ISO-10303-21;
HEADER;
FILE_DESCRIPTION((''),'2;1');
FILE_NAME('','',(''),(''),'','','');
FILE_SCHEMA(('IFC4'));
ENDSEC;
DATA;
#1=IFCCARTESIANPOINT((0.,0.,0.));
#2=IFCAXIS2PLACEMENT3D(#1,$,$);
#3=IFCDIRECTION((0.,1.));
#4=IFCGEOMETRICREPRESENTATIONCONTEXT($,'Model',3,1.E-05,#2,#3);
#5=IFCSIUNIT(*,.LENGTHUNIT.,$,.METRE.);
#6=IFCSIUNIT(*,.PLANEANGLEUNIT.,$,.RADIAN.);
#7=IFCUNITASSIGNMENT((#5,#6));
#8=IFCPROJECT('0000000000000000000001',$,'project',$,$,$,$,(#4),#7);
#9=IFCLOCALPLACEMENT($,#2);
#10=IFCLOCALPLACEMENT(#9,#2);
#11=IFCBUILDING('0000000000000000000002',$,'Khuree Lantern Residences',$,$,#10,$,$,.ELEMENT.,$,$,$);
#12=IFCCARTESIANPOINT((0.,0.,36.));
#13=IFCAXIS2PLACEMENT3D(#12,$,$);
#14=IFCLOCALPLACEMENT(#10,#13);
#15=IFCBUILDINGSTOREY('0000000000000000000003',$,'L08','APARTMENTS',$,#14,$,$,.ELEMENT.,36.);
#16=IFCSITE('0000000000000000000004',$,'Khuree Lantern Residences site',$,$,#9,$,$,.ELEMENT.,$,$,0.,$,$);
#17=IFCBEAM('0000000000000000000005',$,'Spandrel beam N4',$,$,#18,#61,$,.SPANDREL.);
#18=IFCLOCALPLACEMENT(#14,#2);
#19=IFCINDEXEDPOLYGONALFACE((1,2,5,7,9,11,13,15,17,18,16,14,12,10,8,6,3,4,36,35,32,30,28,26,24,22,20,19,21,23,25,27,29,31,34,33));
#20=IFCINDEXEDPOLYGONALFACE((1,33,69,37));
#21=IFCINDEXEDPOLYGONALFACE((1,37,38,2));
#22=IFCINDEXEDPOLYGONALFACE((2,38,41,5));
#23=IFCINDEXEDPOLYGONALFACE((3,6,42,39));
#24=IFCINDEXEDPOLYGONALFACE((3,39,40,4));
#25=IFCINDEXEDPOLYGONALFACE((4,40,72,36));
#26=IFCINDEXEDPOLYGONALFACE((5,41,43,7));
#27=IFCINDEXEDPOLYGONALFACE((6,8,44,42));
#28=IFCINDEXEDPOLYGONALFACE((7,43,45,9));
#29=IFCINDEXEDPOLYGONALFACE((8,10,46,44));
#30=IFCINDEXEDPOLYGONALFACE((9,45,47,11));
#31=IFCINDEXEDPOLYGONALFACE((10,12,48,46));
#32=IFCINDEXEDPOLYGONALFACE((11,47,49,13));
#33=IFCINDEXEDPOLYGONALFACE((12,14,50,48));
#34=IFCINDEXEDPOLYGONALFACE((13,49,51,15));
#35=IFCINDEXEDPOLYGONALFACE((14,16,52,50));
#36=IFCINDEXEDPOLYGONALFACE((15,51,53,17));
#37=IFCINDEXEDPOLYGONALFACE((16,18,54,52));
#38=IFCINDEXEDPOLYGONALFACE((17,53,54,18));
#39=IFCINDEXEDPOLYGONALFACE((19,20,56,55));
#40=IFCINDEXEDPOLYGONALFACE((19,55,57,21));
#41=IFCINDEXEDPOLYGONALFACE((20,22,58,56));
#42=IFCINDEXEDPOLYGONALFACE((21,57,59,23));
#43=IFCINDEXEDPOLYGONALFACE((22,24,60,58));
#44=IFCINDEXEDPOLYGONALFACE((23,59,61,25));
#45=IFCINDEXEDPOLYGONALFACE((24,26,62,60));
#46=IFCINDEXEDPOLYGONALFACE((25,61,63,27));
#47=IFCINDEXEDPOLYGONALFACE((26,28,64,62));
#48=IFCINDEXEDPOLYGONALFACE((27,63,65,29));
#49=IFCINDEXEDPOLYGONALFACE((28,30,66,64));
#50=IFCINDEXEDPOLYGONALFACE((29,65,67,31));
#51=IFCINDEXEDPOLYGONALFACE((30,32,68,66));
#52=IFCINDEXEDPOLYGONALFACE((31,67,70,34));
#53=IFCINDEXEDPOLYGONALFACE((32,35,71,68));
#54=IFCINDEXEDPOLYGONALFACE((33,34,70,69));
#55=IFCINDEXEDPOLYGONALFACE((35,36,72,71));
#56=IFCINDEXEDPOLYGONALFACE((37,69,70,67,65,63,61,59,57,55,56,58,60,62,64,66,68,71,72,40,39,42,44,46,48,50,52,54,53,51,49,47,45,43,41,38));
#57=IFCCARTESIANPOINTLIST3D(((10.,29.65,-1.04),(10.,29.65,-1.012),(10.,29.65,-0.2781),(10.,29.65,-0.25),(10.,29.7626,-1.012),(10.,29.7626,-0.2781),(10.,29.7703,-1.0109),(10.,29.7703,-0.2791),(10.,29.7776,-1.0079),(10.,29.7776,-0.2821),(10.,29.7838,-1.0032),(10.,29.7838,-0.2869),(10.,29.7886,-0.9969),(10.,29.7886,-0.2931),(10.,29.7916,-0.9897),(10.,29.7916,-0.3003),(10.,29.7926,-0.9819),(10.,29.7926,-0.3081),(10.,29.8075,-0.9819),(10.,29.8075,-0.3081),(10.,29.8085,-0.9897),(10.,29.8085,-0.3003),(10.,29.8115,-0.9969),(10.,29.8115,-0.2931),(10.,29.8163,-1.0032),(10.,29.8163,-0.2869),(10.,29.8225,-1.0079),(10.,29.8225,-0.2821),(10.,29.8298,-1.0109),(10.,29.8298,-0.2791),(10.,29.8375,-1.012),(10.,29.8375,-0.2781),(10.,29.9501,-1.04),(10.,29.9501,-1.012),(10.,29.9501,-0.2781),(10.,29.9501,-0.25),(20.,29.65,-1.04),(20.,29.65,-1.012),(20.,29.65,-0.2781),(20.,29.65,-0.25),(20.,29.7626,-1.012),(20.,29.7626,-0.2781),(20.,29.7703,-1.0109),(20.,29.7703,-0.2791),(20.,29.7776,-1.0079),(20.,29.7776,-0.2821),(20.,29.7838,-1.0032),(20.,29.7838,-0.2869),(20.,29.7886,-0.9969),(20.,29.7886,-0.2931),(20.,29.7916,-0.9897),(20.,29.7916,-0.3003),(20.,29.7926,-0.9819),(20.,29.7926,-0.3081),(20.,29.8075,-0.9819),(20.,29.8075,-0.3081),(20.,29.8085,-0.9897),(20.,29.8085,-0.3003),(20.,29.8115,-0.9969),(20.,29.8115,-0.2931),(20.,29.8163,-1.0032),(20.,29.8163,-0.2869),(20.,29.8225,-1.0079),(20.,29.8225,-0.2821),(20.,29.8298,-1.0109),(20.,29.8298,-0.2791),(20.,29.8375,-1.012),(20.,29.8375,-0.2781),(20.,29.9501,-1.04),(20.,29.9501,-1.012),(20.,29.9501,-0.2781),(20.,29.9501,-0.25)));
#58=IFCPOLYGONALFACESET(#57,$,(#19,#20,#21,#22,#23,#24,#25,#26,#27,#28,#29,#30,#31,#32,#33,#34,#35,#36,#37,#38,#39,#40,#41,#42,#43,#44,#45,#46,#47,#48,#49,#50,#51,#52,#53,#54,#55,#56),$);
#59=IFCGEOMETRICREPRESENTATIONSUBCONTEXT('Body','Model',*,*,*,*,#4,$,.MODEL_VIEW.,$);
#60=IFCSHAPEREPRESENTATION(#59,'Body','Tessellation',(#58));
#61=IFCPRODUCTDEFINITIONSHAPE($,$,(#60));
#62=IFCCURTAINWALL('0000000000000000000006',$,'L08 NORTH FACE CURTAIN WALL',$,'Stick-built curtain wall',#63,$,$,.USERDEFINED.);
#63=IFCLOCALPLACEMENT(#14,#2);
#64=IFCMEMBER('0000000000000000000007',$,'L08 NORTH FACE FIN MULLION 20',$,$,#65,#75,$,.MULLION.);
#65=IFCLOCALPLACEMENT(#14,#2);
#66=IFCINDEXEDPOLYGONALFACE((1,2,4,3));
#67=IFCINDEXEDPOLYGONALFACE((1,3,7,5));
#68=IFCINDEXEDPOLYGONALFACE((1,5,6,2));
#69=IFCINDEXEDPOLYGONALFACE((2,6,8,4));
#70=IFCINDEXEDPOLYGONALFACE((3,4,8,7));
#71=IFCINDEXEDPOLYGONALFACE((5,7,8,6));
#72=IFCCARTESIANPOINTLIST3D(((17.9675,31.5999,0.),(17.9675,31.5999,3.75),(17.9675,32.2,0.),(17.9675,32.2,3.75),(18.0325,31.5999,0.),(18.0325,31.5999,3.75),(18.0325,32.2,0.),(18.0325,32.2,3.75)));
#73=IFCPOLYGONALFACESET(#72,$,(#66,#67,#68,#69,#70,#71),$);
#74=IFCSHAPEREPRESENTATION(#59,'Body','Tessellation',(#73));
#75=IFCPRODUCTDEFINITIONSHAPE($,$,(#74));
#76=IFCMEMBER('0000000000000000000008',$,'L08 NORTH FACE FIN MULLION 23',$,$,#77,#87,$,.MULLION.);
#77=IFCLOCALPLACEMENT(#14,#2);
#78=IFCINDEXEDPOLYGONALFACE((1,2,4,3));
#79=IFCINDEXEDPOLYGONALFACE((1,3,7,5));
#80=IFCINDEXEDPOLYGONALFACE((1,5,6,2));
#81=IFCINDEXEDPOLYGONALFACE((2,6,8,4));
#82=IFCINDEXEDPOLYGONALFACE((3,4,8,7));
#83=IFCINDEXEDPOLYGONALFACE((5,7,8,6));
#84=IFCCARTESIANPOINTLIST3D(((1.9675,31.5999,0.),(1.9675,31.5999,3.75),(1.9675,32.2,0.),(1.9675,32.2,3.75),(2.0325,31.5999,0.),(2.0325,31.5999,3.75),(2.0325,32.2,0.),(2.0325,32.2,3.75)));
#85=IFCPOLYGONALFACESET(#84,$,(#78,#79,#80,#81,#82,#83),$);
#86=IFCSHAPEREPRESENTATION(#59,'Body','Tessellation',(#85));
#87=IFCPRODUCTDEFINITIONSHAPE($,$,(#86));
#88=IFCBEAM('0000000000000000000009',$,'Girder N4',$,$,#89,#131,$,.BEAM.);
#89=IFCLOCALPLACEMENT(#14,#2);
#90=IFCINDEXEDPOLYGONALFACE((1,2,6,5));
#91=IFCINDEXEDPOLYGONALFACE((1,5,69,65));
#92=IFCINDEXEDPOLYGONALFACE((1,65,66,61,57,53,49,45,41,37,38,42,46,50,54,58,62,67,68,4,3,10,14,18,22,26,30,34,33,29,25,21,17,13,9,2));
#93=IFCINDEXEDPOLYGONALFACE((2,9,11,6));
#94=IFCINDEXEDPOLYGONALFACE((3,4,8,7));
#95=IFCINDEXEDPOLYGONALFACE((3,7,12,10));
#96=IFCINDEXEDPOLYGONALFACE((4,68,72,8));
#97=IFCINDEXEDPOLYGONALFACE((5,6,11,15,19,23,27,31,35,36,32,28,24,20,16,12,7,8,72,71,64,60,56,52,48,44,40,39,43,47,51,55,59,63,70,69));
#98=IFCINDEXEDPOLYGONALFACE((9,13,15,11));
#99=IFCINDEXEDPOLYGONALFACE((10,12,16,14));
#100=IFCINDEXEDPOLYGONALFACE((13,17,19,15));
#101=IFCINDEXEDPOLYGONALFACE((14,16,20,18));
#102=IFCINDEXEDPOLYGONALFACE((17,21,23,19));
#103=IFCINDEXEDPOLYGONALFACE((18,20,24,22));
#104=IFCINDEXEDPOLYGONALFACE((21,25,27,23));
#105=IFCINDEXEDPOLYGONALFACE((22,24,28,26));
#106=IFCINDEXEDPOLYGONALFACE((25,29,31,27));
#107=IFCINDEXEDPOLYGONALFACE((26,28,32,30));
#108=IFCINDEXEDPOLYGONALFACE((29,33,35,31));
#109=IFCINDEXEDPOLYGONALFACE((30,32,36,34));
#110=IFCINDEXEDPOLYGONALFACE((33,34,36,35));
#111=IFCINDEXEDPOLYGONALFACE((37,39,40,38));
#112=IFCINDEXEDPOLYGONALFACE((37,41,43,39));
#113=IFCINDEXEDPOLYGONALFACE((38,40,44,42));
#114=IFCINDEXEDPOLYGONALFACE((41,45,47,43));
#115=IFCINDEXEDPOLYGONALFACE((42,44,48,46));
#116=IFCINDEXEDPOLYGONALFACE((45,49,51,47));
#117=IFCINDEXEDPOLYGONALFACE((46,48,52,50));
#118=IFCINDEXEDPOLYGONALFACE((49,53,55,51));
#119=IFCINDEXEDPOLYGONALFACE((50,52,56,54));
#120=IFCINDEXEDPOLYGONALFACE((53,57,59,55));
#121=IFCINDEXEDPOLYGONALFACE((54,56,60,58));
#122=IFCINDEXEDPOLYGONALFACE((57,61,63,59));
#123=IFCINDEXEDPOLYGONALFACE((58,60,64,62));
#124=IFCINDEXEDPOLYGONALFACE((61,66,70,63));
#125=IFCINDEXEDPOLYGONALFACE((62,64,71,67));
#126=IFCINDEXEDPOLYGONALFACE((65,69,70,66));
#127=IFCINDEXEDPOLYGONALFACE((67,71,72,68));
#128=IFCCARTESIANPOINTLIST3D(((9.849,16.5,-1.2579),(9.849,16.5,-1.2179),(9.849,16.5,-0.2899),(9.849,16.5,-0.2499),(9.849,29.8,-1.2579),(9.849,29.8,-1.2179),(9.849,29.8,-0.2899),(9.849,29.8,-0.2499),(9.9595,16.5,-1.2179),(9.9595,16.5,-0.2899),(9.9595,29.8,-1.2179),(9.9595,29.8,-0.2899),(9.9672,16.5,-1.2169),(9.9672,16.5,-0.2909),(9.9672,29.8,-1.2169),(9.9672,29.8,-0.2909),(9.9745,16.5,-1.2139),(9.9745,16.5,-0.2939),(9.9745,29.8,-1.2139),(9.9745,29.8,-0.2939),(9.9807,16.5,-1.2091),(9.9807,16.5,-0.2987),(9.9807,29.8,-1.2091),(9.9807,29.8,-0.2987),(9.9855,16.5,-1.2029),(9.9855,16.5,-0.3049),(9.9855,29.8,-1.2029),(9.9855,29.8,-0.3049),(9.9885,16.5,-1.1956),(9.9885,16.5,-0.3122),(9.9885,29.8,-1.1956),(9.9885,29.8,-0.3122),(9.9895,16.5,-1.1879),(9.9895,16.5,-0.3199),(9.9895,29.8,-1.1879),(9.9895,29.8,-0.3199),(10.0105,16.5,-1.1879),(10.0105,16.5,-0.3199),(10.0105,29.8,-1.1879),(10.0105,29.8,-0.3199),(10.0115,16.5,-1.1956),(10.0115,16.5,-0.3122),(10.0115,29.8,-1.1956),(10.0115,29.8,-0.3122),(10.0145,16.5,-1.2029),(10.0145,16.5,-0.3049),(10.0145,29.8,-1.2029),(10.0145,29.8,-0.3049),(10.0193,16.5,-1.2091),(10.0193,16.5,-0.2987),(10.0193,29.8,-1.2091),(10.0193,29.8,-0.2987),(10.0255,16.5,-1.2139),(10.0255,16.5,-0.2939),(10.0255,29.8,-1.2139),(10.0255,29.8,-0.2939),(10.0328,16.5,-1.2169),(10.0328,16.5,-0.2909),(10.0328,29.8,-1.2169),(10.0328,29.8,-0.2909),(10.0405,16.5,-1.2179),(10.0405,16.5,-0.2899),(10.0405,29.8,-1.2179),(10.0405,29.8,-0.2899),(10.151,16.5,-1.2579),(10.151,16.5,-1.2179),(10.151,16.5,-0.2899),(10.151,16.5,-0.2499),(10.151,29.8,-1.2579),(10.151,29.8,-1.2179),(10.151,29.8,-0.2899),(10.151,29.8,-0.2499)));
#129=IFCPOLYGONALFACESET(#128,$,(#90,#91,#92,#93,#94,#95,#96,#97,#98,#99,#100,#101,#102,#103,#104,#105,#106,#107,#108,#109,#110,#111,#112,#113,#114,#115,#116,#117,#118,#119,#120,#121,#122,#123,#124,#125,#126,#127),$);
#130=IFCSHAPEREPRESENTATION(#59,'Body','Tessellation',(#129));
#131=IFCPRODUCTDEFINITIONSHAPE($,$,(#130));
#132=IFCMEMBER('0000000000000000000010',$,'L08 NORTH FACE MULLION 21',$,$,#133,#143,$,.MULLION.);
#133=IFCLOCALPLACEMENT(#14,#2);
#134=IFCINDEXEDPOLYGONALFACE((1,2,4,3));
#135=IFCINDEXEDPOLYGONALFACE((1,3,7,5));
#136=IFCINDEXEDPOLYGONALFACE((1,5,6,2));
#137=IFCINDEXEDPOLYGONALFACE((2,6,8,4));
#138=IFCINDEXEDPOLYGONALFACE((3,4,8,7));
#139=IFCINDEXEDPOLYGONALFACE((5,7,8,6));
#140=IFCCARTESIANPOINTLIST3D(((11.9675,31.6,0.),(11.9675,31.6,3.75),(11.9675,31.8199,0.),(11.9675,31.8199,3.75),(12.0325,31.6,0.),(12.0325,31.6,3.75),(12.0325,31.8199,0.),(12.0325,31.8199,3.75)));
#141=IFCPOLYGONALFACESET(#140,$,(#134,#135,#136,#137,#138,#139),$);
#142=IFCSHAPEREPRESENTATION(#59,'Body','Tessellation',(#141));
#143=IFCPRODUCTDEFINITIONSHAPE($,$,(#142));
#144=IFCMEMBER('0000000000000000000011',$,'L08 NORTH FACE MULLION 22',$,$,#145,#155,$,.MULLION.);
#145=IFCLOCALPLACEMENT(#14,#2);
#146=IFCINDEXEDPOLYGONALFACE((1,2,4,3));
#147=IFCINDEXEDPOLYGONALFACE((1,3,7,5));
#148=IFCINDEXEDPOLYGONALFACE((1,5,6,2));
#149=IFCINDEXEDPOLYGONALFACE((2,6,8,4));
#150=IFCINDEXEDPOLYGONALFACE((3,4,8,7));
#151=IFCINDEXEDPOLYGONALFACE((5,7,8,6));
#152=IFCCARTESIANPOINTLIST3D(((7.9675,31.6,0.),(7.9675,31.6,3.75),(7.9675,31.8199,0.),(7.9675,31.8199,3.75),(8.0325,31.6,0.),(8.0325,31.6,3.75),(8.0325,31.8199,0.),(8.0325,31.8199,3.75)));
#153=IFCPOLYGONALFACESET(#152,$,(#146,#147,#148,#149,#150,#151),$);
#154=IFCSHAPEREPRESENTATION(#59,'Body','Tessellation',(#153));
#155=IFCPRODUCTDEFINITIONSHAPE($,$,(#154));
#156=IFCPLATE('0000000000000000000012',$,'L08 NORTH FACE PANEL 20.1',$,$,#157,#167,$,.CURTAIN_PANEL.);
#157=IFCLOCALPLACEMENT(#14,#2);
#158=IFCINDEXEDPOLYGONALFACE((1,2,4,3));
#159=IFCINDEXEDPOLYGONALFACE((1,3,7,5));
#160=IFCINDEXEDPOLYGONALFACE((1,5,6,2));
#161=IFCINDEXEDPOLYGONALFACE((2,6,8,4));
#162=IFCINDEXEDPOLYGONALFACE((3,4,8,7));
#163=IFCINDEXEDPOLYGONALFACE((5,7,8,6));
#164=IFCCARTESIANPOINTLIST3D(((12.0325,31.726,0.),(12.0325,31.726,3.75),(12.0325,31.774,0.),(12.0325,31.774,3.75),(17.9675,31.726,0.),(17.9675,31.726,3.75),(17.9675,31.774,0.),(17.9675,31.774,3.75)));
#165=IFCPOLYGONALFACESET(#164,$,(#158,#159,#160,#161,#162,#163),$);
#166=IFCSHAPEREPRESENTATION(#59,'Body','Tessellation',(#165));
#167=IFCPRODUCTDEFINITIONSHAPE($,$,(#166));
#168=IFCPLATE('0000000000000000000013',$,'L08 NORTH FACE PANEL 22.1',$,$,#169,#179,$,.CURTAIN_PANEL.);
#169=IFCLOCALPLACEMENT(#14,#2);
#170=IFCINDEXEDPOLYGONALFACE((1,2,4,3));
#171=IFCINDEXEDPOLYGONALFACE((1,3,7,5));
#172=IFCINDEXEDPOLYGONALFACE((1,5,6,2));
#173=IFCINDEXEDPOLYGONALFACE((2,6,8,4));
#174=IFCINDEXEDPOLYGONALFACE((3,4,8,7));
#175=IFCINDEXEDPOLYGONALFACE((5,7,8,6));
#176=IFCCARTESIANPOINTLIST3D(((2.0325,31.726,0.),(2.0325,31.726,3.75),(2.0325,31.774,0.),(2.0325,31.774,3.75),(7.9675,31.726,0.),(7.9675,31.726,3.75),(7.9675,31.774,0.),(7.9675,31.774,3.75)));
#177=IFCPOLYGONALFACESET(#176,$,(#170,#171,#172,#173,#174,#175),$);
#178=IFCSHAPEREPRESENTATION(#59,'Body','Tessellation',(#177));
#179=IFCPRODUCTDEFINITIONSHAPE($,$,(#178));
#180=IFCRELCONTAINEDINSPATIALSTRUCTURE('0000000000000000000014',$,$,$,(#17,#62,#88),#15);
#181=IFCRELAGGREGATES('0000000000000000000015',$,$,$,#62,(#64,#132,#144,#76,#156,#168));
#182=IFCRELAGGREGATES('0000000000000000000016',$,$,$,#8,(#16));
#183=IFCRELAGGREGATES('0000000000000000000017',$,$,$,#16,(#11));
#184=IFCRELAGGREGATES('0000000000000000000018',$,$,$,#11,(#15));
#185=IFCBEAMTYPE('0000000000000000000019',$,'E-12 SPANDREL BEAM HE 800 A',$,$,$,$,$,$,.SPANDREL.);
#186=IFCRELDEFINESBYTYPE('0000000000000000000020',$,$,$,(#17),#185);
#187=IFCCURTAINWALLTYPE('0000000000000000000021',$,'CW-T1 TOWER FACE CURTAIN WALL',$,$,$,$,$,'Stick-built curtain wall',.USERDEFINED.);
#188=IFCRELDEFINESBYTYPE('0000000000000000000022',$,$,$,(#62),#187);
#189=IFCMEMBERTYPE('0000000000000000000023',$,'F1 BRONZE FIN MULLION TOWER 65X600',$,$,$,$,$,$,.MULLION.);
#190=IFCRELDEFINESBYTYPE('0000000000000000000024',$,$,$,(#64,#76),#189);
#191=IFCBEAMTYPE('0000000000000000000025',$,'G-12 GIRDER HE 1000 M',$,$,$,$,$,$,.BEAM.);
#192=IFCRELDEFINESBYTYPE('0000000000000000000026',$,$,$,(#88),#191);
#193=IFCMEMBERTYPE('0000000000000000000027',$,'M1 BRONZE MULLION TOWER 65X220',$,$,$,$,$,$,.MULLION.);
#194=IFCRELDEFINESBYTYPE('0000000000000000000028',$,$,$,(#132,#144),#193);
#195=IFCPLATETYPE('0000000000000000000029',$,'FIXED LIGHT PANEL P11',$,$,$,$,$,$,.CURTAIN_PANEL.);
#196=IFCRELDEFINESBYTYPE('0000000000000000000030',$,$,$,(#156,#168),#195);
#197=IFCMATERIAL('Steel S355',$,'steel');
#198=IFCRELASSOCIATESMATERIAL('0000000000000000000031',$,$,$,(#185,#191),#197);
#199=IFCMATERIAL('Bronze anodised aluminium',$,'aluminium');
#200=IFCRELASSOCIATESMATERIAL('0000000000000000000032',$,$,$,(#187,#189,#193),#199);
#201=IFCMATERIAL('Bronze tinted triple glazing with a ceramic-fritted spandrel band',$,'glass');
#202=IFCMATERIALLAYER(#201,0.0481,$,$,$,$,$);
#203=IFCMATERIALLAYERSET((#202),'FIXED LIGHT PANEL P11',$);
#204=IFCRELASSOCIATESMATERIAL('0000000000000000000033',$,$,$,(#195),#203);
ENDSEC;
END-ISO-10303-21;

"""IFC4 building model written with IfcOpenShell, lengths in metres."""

from ifc_helpers import new_model, si_unit, direction, frame, origin, origin_2d, place, context, subcontext, project, spatial, rectangle, i_section, extrude, material, layer, layer_set, material_profile, profile_set, type_object, element, aggregate, save


model = new_model("IFC4")

# Units and contexts
model_context = context("Model", 3, precision=1e-05, world=origin(), true_north=direction((0.0, 1.0)))
body_context = subcontext(model_context, "Body", "Model", "MODEL_VIEW")
ifc_project = project(units=[si_unit("LENGTHUNIT", "METRE"), si_unit("PLANEANGLEUNIT", "RADIAN")], contexts=[model_context])

# Site, building, storey
site_placement = place(None, origin())
site = spatial("IfcSite", under=ifc_project, at=site_placement, Name="Khuree Lantern Residences site", CompositionType="ELEMENT", RefElevation=0.0)
building_placement = place(site_placement, origin())
building = spatial("IfcBuilding", under=site, at=building_placement, Name="Khuree Lantern Residences", CompositionType="ELEMENT")
storey_placement = place(building_placement, frame((0.0, 0.0, 36.0)))
storey = spatial("IfcBuildingStorey", under=building, at=storey_placement, Name="L08", Description="APARTMENTS", CompositionType="ELEMENT", Elevation=36.0)

# Beam
ifc_material_1 = material(Name="Steel S355", Category="steel")
ifc_material_profile_1 = material_profile(ifc_material_1, i_section(OverallWidth=0.3, OverallDepth=0.79, WebThickness=0.0149, FlangeThickness=0.0281, FilletRadius=0.03, at=origin_2d()), Name="HE 800 A")
ifc_profile_set_1 = profile_set([ifc_material_profile_1], Name="Steel S355")
beam_type_1 = type_object("IfcBeamType", Name="E-12 SPANDREL BEAM HE 800 A", PredefinedType="SPANDREL", material=ifc_profile_set_1)
for number, where, z_axis, x_axis, name in (
    (1, (10.0, 29.8, -0.645), (1.0, 0.0, 0.0), (0.0, 1.0, 0.0), "Spandrel beam N4"),
):
    element("IfcBeam", number, at=place(storey_placement, frame(where, z_axis=z_axis, x_axis=x_axis)), inside=storey, type_object=beam_type_1, Name=name, PredefinedType="SPANDREL", context=body_context, shape_type="SweptSolid", body=[
        extrude(i_section(OverallWidth=0.3, OverallDepth=0.79, WebThickness=0.0149, FlangeThickness=0.0281, FilletRadius=0.03, at=origin_2d()), origin(), (0.0, 0.0, 1.0), 10.0),
    ])

# Curtain wall, members
ifc_material_2 = material(Name="Bronze anodised aluminium", Category="aluminium")
curtain_wall_type = type_object("IfcCurtainWallType", Name="CW-T1 TOWER FACE CURTAIN WALL", ElementType="Stick-built curtain wall", PredefinedType="USERDEFINED", material=ifc_material_2)
curtain_wall_placement = place(storey_placement, origin())
curtain_wall = element("IfcCurtainWall", 2, at=curtain_wall_placement, inside=storey, type_object=curtain_wall_type, Name="L08 NORTH FACE CURTAIN WALL", ObjectType="Stick-built curtain wall", PredefinedType="USERDEFINED")
ifc_material_profile_2 = material_profile(ifc_material_2, rectangle(XDim=0.0649, YDim=0.6001, at=origin_2d()), Name="F1 65X600")
ifc_profile_set_2 = profile_set([ifc_material_profile_2], Name="Bronze anodised aluminium")
member_type_1 = type_object("IfcMemberType", Name="F1 BRONZE FIN MULLION TOWER 65X600", PredefinedType="MULLION", material=ifc_profile_set_2)
member_1_placement = place(storey_placement, frame((18.0, 31.8999, 0.0), z_axis=(0.0, 0.0, 1.0), x_axis=(-1.0, 0.0, 0.0)))
member_1 = element("IfcMember", 3, at=member_1_placement, type_object=member_type_1, Name="L08 NORTH FACE FIN MULLION 20", PredefinedType="MULLION", context=body_context, shape_type="SweptSolid", body=[
    extrude(rectangle(XDim=0.0649, YDim=0.6001, at=origin_2d()), origin(), (0.0, 0.0, 1.0), 3.75),
])
member_2_placement = place(storey_placement, frame((2.0, 31.8999, 0.0), z_axis=(0.0, 0.0, 1.0), x_axis=(-1.0, 0.0, 0.0)))
member_2 = element("IfcMember", 4, at=member_2_placement, type_object=member_type_1, Name="L08 NORTH FACE FIN MULLION 23", PredefinedType="MULLION", context=body_context, shape_type="SweptSolid", body=[
    extrude(rectangle(XDim=0.0649, YDim=0.6001, at=origin_2d()), origin(), (0.0, 0.0, 1.0), 3.75),
])

# Beam
ifc_material_profile_3 = material_profile(ifc_material_1, i_section(OverallWidth=0.302, OverallDepth=1.0081, WebThickness=0.021, FlangeThickness=0.04, FilletRadius=0.03, at=origin_2d()), Name="HE 1000 M")
ifc_profile_set_3 = profile_set([ifc_material_profile_3], Name="Steel S355")
beam_type_2 = type_object("IfcBeamType", Name="G-12 GIRDER HE 1000 M", PredefinedType="BEAM", material=ifc_profile_set_3)
beam_placement = place(storey_placement, frame((10.0, 29.8, -0.7539), z_axis=(0.0, -1.0, 0.0), x_axis=(1.0, 0.0, 0.0)))
element("IfcBeam", 5, at=beam_placement, inside=storey, type_object=beam_type_2, Name="Girder N4", PredefinedType="BEAM", context=body_context, shape_type="SweptSolid", body=[
    extrude(i_section(OverallWidth=0.302, OverallDepth=1.0081, WebThickness=0.021, FlangeThickness=0.04, FilletRadius=0.03, at=origin_2d()), origin(), (0.0, 0.0, 1.0), 13.3),
])

# Members
ifc_material_profile_4 = material_profile(ifc_material_2, rectangle(XDim=0.0649, YDim=0.22, at=origin_2d()), Name="M1 65X220")
ifc_profile_set_4 = profile_set([ifc_material_profile_4], Name="Bronze anodised aluminium")
member_type_2 = type_object("IfcMemberType", Name="M1 BRONZE MULLION TOWER 65X220", PredefinedType="MULLION", material=ifc_profile_set_4)
member_3_placement = place(storey_placement, frame((12.0, 31.71, 0.0), z_axis=(0.0, 0.0, 1.0), x_axis=(-1.0, 0.0, 0.0)))
member_3 = element("IfcMember", 6, at=member_3_placement, type_object=member_type_2, Name="L08 NORTH FACE MULLION 21", PredefinedType="MULLION", context=body_context, shape_type="SweptSolid", body=[
    extrude(rectangle(XDim=0.0649, YDim=0.22, at=origin_2d()), origin(), (0.0, 0.0, 1.0), 3.75),
])
member_4_placement = place(storey_placement, frame((8.0, 31.71, 0.0), z_axis=(0.0, 0.0, 1.0), x_axis=(-1.0, 0.0, 0.0)))
member_4 = element("IfcMember", 7, at=member_4_placement, type_object=member_type_2, Name="L08 NORTH FACE MULLION 22", PredefinedType="MULLION", context=body_context, shape_type="SweptSolid", body=[
    extrude(rectangle(XDim=0.0649, YDim=0.22, at=origin_2d()), origin(), (0.0, 0.0, 1.0), 3.75),
])

# Plates
ifc_material_3 = material(Name="Bronze tinted triple glazing with a ceramic-fritted spandrel band", Category="glass")
ifc_layer_1 = layer(ifc_material_3, 0.0481)
ifc_layer_set_1 = layer_set([ifc_layer_1], Name="FIXED LIGHT PANEL P11")
plate_type_1 = type_object("IfcPlateType", Name="FIXED LIGHT PANEL P11", PredefinedType="CURTAIN_PANEL", material=ifc_layer_set_1)
plate_1_placement = place(storey_placement, frame((15.0, 31.75, 0.0), z_axis=(0.0, 0.0, 1.0), x_axis=(-1.0, 0.0, 0.0)))
plate_1 = element("IfcPlate", 8, at=plate_1_placement, type_object=plate_type_1, Name="L08 NORTH FACE PANEL 20.1", PredefinedType="CURTAIN_PANEL", context=body_context, shape_type="SweptSolid", body=[
    extrude(rectangle(XDim=5.9351, YDim=0.0481, at=origin_2d()), origin(), (0.0, 0.0, 1.0), 3.75),
])
plate_2_placement = place(storey_placement, frame((5.0, 31.75, 0.0), z_axis=(0.0, 0.0, 1.0), x_axis=(-1.0, 0.0, 0.0)))
plate_2 = element("IfcPlate", 9, at=plate_2_placement, type_object=plate_type_1, Name="L08 NORTH FACE PANEL 22.1", PredefinedType="CURTAIN_PANEL", context=body_context, shape_type="SweptSolid", body=[
    extrude(rectangle(XDim=5.9351, YDim=0.0481, at=origin_2d()), origin(), (0.0, 0.0, 1.0), 3.75),
])
aggregate(curtain_wall, [member_1, member_3, member_4, member_2, plate_1, plate_2])

save(model, "model.ifc")
